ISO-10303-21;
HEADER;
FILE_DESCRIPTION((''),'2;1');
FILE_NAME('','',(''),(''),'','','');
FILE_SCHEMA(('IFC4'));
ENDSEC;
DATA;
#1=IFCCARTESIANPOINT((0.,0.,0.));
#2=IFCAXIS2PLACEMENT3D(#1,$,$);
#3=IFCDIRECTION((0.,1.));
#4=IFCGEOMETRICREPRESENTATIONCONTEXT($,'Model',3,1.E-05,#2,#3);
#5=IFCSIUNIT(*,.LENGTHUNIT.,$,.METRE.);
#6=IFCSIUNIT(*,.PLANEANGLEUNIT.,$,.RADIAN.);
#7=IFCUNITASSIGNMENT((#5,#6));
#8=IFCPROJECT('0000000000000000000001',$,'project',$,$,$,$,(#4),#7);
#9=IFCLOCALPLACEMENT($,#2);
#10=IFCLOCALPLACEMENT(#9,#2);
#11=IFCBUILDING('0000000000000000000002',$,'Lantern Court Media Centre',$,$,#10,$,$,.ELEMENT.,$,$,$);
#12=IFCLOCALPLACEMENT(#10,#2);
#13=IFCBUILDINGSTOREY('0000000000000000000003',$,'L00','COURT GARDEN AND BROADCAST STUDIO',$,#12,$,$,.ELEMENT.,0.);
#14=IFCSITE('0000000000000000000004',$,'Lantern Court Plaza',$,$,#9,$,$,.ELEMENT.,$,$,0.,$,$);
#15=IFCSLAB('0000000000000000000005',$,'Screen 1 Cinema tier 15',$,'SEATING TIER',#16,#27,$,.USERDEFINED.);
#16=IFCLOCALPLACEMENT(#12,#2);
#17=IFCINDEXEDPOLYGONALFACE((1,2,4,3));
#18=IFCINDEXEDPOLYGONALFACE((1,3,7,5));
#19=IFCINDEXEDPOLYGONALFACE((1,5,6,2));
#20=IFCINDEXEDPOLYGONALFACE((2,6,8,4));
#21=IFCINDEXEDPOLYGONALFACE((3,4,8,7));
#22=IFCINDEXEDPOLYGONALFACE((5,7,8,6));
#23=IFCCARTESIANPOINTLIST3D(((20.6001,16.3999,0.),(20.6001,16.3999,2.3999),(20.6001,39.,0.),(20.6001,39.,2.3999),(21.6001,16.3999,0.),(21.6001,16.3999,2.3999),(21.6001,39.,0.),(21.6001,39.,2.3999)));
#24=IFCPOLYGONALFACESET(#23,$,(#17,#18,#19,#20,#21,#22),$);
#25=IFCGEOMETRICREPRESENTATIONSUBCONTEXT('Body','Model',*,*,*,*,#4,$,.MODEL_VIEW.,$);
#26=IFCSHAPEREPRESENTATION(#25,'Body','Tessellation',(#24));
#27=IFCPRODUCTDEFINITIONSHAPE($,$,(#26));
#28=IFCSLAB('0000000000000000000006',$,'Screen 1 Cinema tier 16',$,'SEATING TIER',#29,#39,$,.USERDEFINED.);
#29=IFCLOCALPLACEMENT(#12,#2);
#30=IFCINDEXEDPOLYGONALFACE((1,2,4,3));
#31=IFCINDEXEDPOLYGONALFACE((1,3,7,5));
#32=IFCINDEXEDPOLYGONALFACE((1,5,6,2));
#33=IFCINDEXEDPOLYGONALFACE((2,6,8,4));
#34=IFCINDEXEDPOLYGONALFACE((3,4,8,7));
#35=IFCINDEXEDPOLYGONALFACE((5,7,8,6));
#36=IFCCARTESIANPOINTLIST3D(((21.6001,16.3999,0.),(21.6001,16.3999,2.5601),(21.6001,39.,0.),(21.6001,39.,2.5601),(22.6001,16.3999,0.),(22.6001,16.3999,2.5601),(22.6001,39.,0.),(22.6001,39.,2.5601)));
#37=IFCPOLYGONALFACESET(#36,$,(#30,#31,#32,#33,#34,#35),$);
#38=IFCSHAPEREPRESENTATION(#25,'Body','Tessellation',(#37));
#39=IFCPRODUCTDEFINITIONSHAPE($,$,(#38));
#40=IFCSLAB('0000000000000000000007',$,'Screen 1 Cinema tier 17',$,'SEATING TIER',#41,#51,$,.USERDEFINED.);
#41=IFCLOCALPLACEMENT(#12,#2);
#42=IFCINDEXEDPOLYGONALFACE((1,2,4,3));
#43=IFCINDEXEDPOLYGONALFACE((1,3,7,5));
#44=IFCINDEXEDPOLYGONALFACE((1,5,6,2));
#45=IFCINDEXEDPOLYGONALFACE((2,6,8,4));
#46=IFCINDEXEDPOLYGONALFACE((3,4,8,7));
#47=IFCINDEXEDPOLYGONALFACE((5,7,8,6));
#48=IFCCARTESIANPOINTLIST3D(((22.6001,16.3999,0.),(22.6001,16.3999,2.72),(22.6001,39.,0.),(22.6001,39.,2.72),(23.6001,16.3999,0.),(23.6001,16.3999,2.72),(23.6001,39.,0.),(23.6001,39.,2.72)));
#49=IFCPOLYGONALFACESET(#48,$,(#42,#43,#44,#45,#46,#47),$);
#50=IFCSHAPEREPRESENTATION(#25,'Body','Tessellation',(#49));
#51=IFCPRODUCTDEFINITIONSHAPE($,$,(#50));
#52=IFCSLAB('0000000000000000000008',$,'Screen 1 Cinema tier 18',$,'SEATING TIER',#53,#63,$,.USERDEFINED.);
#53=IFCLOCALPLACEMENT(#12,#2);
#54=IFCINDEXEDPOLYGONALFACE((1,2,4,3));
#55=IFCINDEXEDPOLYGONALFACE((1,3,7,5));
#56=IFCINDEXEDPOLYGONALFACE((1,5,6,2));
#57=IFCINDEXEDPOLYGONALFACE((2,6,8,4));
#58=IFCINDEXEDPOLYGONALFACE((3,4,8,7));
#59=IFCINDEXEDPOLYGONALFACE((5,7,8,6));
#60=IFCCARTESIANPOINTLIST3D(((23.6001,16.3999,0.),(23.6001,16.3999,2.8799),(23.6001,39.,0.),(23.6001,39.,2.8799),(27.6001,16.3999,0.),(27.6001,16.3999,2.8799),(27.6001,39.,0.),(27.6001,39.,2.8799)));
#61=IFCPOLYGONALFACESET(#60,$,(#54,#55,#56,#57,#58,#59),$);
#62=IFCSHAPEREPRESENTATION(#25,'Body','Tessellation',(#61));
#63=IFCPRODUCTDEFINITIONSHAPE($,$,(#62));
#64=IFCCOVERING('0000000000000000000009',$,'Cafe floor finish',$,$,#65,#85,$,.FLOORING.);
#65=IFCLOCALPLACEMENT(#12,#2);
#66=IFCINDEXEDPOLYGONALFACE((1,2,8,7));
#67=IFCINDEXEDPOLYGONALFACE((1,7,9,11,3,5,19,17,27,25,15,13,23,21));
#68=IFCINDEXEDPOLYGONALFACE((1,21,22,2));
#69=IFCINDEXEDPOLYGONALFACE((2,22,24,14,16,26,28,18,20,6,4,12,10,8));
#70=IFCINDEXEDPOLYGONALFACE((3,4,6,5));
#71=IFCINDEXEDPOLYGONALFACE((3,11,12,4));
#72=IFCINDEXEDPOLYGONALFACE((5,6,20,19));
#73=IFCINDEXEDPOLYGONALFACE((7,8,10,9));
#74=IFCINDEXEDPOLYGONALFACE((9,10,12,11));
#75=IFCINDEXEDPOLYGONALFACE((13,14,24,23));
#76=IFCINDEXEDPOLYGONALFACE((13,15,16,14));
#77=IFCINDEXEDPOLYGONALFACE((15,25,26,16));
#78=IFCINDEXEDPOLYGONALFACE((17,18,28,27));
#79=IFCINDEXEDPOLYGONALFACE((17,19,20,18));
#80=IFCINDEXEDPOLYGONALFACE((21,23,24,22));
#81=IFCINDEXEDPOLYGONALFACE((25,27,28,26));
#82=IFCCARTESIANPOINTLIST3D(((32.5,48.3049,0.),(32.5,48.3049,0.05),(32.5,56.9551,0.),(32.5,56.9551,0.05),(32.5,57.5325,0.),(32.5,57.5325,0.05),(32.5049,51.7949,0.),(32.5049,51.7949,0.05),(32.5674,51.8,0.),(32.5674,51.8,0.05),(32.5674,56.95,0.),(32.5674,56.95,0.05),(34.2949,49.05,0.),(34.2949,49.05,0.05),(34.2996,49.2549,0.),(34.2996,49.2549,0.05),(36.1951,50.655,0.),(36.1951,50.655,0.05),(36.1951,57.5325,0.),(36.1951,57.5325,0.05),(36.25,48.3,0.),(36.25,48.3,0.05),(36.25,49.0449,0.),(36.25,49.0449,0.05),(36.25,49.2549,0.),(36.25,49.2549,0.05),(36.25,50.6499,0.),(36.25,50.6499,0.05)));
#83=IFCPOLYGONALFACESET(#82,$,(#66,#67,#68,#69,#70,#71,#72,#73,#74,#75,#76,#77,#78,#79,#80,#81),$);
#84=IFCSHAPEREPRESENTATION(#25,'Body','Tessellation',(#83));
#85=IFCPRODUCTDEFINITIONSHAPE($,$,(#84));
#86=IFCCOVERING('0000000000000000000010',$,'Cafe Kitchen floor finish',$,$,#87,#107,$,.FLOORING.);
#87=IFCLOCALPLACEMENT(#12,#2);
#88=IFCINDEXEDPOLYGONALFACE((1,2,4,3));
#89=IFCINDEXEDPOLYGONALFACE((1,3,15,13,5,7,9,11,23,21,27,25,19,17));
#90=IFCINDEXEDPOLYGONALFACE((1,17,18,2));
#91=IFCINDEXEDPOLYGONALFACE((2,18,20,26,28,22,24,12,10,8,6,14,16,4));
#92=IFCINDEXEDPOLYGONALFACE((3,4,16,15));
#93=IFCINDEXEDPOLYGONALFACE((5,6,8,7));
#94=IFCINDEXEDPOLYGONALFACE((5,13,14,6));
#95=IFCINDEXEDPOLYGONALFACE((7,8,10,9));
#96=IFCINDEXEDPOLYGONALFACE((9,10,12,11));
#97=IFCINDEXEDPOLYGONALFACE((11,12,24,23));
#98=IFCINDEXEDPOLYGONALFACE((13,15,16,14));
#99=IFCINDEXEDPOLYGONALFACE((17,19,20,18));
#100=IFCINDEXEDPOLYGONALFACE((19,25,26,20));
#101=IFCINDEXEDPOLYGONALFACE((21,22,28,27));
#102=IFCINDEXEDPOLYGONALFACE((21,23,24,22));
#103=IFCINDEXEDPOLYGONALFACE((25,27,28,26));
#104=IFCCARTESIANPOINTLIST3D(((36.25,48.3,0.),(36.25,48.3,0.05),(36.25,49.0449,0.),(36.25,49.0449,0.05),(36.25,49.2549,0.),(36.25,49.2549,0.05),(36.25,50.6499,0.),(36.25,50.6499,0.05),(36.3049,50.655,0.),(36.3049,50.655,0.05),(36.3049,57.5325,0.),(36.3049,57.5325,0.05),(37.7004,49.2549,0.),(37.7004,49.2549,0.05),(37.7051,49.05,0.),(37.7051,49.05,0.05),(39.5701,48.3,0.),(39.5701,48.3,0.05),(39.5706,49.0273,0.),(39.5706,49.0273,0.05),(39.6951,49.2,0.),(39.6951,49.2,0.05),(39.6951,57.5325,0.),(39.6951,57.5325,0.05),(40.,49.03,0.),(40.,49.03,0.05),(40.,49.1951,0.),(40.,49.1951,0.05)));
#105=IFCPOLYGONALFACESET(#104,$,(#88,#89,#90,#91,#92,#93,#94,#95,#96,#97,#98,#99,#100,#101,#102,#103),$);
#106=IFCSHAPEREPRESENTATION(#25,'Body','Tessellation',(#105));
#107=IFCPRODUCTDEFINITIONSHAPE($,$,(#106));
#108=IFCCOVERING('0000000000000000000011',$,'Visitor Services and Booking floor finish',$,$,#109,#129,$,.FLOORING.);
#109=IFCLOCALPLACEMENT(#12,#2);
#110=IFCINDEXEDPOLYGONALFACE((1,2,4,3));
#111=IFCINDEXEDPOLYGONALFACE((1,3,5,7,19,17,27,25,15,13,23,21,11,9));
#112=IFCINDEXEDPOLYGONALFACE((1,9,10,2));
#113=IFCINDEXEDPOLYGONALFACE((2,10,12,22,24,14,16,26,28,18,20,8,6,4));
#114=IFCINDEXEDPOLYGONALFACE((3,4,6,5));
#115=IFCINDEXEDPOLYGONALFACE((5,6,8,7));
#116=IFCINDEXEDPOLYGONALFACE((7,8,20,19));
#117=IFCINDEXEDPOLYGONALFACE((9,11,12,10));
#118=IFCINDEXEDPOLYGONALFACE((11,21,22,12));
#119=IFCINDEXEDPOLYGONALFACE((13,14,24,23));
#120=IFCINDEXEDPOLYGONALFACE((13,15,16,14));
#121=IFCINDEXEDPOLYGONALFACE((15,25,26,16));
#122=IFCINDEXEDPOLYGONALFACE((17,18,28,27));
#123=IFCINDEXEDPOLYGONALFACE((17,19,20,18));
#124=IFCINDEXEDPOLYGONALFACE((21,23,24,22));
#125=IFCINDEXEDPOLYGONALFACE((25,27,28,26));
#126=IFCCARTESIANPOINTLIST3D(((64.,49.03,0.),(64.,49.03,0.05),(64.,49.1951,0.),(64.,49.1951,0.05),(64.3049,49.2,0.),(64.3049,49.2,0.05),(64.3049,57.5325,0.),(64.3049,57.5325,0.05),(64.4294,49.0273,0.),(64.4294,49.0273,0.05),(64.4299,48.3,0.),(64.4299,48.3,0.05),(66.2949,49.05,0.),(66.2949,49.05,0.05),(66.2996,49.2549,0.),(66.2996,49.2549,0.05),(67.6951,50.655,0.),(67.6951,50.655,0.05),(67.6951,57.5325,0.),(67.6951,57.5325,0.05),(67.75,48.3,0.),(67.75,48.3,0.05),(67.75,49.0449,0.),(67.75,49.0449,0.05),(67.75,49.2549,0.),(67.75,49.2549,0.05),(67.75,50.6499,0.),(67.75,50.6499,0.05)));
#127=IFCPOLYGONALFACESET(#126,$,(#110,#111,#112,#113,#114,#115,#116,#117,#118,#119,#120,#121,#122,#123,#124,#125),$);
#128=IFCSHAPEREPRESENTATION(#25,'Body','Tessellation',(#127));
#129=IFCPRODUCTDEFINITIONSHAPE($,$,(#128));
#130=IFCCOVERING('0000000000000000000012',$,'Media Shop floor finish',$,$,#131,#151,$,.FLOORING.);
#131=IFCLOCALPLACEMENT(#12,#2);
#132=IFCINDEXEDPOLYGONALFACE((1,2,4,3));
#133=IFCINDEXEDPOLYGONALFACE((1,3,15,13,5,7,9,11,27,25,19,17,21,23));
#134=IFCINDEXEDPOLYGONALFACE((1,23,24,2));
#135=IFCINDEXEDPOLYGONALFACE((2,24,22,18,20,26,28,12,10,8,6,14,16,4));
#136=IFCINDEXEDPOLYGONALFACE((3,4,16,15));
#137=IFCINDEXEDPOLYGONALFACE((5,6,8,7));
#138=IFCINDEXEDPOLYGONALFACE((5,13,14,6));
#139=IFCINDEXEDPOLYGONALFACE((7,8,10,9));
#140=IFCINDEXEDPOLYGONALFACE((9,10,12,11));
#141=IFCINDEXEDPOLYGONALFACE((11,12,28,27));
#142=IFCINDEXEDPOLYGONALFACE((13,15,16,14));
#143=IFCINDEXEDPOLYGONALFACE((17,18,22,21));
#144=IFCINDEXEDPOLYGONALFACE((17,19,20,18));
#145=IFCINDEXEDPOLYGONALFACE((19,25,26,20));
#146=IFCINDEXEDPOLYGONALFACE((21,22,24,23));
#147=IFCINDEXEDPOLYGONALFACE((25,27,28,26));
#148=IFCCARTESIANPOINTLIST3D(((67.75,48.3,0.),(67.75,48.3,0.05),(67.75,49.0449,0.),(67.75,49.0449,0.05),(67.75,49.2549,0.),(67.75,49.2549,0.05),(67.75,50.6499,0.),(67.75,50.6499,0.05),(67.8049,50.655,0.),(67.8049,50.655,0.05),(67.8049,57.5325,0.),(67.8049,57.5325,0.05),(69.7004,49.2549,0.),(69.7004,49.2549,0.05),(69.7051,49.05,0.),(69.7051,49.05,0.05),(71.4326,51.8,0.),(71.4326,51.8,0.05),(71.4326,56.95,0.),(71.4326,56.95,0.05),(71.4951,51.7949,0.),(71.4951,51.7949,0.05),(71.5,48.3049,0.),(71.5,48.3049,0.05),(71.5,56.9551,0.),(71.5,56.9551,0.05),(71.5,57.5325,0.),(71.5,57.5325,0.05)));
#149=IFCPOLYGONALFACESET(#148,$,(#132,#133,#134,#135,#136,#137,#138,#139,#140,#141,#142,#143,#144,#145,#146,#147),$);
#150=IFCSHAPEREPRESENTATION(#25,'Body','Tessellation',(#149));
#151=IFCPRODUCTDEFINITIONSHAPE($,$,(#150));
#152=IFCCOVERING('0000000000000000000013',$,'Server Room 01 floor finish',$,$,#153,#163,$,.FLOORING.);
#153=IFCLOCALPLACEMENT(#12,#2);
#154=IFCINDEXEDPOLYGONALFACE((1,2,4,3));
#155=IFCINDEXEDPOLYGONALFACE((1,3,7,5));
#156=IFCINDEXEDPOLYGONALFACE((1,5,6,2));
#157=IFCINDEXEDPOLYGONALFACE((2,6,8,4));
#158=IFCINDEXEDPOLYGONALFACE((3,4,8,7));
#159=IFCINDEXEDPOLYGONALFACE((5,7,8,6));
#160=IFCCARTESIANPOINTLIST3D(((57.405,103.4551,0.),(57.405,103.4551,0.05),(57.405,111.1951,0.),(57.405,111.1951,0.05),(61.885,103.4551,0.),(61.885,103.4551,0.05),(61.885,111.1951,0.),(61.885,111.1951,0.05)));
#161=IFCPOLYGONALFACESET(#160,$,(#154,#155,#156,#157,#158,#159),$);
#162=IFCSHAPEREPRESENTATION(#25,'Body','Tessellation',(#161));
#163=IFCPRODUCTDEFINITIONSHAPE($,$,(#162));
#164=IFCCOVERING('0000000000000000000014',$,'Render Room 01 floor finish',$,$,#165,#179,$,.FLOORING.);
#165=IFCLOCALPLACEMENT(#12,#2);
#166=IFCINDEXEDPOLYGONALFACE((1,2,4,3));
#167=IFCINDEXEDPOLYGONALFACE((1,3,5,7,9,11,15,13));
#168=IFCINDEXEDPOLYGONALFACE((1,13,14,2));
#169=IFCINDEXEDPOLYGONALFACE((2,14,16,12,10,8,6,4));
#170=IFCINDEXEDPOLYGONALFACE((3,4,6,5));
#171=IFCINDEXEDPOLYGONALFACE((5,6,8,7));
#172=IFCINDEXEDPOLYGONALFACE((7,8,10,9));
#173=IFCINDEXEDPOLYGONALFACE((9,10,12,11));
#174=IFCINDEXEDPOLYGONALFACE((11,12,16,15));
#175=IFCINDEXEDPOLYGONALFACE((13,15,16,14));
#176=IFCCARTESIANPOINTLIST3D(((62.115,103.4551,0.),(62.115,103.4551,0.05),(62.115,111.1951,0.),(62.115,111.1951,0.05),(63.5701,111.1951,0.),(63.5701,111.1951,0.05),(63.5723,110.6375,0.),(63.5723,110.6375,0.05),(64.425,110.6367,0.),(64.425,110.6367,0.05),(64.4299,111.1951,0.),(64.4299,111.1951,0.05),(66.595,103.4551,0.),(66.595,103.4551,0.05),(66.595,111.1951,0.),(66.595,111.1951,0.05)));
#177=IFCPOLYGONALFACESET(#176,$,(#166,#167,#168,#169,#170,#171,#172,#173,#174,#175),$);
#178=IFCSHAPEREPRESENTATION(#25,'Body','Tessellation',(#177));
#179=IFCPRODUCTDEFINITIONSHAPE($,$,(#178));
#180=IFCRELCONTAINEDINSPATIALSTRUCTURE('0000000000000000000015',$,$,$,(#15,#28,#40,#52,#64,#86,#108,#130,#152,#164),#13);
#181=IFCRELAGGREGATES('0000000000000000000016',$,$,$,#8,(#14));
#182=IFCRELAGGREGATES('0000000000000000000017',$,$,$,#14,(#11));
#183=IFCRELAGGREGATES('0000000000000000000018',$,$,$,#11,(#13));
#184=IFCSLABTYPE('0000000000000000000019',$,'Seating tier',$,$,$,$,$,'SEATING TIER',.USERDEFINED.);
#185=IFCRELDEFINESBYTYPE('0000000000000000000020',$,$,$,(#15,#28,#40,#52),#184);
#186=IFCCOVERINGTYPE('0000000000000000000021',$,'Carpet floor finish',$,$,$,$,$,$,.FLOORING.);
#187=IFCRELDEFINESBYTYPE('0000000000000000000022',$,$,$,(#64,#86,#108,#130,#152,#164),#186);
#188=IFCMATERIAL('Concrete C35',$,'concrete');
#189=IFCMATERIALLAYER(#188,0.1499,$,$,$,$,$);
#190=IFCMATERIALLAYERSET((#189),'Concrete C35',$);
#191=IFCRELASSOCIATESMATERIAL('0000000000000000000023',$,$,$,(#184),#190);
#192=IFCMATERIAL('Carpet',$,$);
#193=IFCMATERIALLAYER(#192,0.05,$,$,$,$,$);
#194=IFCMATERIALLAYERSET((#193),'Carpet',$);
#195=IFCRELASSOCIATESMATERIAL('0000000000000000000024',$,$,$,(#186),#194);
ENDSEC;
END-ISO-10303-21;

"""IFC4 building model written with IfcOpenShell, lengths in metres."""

from ifc_helpers import new_model, si_unit, direction, origin, place, context, subcontext, project, spatial, polyline, outline, extrude, material, layer, layer_set, type_object, element, save


model = new_model("IFC4")

# Units and contexts
model_context = context("Model", 3, precision=1e-05, world=origin(), true_north=direction((0.0, 1.0)))
body_context = subcontext(model_context, "Body", "Model", "MODEL_VIEW")
ifc_project = project(units=[si_unit("LENGTHUNIT", "METRE"), si_unit("PLANEANGLEUNIT", "RADIAN")], contexts=[model_context])

# Site, building, storey
site_placement = place(None, origin())
site = spatial("IfcSite", under=ifc_project, at=site_placement, Name="Lantern Court Plaza", CompositionType="ELEMENT", RefElevation=0.0)
building_placement = place(site_placement, origin())
building = spatial("IfcBuilding", under=site, at=building_placement, Name="Lantern Court Media Centre", CompositionType="ELEMENT")
storey_placement = place(building_placement, origin())
storey = spatial("IfcBuildingStorey", under=building, at=storey_placement, Name="L00", Description="COURT GARDEN AND BROADCAST STUDIO", CompositionType="ELEMENT", Elevation=0.0)

# Slabs
ifc_material_1 = material(Name="Concrete C35", Category="concrete")
ifc_layer_1 = layer(ifc_material_1, 0.1499)
ifc_layer_set_1 = layer_set([ifc_layer_1], Name="Concrete C35")
slab_type = type_object("IfcSlabType", Name="Seating tier", ElementType="SEATING TIER", PredefinedType="USERDEFINED", material=ifc_layer_set_1)
slab_1_placement = place(storey_placement, origin())
element("IfcSlab", 1, at=slab_1_placement, inside=storey, type_object=slab_type, Name="Screen 1 Cinema tier 15", ObjectType="SEATING TIER", PredefinedType="USERDEFINED", context=body_context, shape_type="SweptSolid", body=[
    extrude(outline(polyline([(20.6001, 16.3999), (21.6001, 16.3999), (21.6001, 39.0), (20.6001, 39.0), (20.6001, 16.3999)])), origin(), (0.0, 0.0, 1.0), 2.3999),
])
slab_2_placement = place(storey_placement, origin())
element("IfcSlab", 2, at=slab_2_placement, inside=storey, type_object=slab_type, Name="Screen 1 Cinema tier 16", ObjectType="SEATING TIER", PredefinedType="USERDEFINED", context=body_context, shape_type="SweptSolid", body=[
    extrude(outline(polyline([(21.6001, 16.3999), (22.6001, 16.3999), (22.6001, 39.0), (21.6001, 39.0), (21.6001, 16.3999)])), origin(), (0.0, 0.0, 1.0), 2.5601),
])
slab_3_placement = place(storey_placement, origin())
element("IfcSlab", 3, at=slab_3_placement, inside=storey, type_object=slab_type, Name="Screen 1 Cinema tier 17", ObjectType="SEATING TIER", PredefinedType="USERDEFINED", context=body_context, shape_type="SweptSolid", body=[
    extrude(outline(polyline([(22.6001, 16.3999), (23.6001, 16.3999), (23.6001, 39.0), (22.6001, 39.0), (22.6001, 16.3999)])), origin(), (0.0, 0.0, 1.0), 2.72),
])
slab_4_placement = place(storey_placement, origin())
element("IfcSlab", 4, at=slab_4_placement, inside=storey, type_object=slab_type, Name="Screen 1 Cinema tier 18", ObjectType="SEATING TIER", PredefinedType="USERDEFINED", context=body_context, shape_type="SweptSolid", body=[
    extrude(outline(polyline([(23.6001, 16.3999), (27.6001, 16.3999), (27.6001, 39.0), (23.6001, 39.0), (23.6001, 16.3999)])), origin(), (0.0, 0.0, 1.0), 2.8799),
])

# Coverings
ifc_material_2 = material(Name="Carpet")
ifc_layer_2 = layer(ifc_material_2, 0.05)
ifc_layer_set_2 = layer_set([ifc_layer_2], Name="Carpet")
covering_type_1 = type_object("IfcCoveringType", Name="Carpet floor finish", PredefinedType="FLOORING", material=ifc_layer_set_2)
covering_1_placement = place(storey_placement, origin())
element("IfcCovering", 5, at=covering_1_placement, inside=storey, type_object=covering_type_1, Name="Cafe floor finish", PredefinedType="FLOORING", context=body_context, shape_type="SweptSolid", body=[
    extrude(outline(polyline([(36.25, 48.3), (32.5, 48.3049), (32.5049, 51.7949), (32.5674, 51.8), (32.5674, 56.95), (32.5, 56.9551), (32.5, 57.5325), (36.1951, 57.5325), (36.1951, 50.655), (36.25, 50.6499), (36.25, 49.2549), (34.2996, 49.2549), (34.2949, 49.05), (36.25, 49.0449), (36.25, 48.3)])), origin(), (0.0, 0.0, 1.0), 0.05),
])
covering_2_placement = place(storey_placement, origin())
element("IfcCovering", 6, at=covering_2_placement, inside=storey, type_object=covering_type_1, Name="Cafe Kitchen floor finish", PredefinedType="FLOORING", context=body_context, shape_type="SweptSolid", body=[
    extrude(outline(polyline([(40.0, 49.03), (39.5706, 49.0273), (39.5701, 48.3), (36.25, 48.3), (36.25, 49.0449), (37.7051, 49.05), (37.7004, 49.2549), (36.25, 49.2549), (36.25, 50.6499), (36.3049, 50.655), (36.3049, 57.5325), (39.6951, 57.5325), (39.6951, 49.2), (40.0, 49.1951), (40.0, 49.03)])), origin(), (0.0, 0.0, 1.0), 0.05),
])
covering_3_placement = place(storey_placement, origin())
element("IfcCovering", 7, at=covering_3_placement, inside=storey, type_object=covering_type_1, Name="Visitor Services and Booking floor finish", PredefinedType="FLOORING", context=body_context, shape_type="SweptSolid", body=[
    extrude(outline(polyline([(67.75, 48.3), (64.4299, 48.3), (64.4294, 49.0273), (64.0, 49.03), (64.0, 49.1951), (64.3049, 49.2), (64.3049, 57.5325), (67.6951, 57.5325), (67.6951, 50.655), (67.75, 50.6499), (67.75, 49.2549), (66.2996, 49.2549), (66.2949, 49.05), (67.75, 49.0449), (67.75, 48.3)])), origin(), (0.0, 0.0, 1.0), 0.05),
])
covering_4_placement = place(storey_placement, origin())
element("IfcCovering", 8, at=covering_4_placement, inside=storey, type_object=covering_type_1, Name="Media Shop floor finish", PredefinedType="FLOORING", context=body_context, shape_type="SweptSolid", body=[
    extrude(outline(polyline([(71.5, 48.3049), (67.75, 48.3), (67.75, 49.0449), (69.7051, 49.05), (69.7004, 49.2549), (67.75, 49.2549), (67.75, 50.6499), (67.8049, 50.655), (67.8049, 57.5325), (71.5, 57.5325), (71.5, 56.9551), (71.4326, 56.95), (71.4326, 51.8), (71.4951, 51.7949), (71.5, 48.3049)])), origin(), (0.0, 0.0, 1.0), 0.05),
])
covering_5_placement = place(storey_placement, origin())
element("IfcCovering", 9, at=covering_5_placement, inside=storey, type_object=covering_type_1, Name="Server Room 01 floor finish", PredefinedType="FLOORING", context=body_context, shape_type="SweptSolid", body=[
    extrude(outline(polyline([(57.405, 103.4551), (57.405, 111.1951), (61.885, 111.1951), (61.885, 103.4551), (57.405, 103.4551)])), origin(), (0.0, 0.0, 1.0), 0.05),
])
covering_6_placement = place(storey_placement, origin())
element("IfcCovering", 10, at=covering_6_placement, inside=storey, type_object=covering_type_1, Name="Render Room 01 floor finish", PredefinedType="FLOORING", context=body_context, shape_type="SweptSolid", body=[
    extrude(outline(polyline([(62.115, 111.1951), (63.5701, 111.1951), (63.5723, 110.6375), (64.425, 110.6367), (64.4299, 111.1951), (66.595, 111.1951), (66.595, 103.4551), (62.115, 103.4551), (62.115, 111.1951)])), origin(), (0.0, 0.0, 1.0), 0.05),
])

save(model, "model.ifc")
